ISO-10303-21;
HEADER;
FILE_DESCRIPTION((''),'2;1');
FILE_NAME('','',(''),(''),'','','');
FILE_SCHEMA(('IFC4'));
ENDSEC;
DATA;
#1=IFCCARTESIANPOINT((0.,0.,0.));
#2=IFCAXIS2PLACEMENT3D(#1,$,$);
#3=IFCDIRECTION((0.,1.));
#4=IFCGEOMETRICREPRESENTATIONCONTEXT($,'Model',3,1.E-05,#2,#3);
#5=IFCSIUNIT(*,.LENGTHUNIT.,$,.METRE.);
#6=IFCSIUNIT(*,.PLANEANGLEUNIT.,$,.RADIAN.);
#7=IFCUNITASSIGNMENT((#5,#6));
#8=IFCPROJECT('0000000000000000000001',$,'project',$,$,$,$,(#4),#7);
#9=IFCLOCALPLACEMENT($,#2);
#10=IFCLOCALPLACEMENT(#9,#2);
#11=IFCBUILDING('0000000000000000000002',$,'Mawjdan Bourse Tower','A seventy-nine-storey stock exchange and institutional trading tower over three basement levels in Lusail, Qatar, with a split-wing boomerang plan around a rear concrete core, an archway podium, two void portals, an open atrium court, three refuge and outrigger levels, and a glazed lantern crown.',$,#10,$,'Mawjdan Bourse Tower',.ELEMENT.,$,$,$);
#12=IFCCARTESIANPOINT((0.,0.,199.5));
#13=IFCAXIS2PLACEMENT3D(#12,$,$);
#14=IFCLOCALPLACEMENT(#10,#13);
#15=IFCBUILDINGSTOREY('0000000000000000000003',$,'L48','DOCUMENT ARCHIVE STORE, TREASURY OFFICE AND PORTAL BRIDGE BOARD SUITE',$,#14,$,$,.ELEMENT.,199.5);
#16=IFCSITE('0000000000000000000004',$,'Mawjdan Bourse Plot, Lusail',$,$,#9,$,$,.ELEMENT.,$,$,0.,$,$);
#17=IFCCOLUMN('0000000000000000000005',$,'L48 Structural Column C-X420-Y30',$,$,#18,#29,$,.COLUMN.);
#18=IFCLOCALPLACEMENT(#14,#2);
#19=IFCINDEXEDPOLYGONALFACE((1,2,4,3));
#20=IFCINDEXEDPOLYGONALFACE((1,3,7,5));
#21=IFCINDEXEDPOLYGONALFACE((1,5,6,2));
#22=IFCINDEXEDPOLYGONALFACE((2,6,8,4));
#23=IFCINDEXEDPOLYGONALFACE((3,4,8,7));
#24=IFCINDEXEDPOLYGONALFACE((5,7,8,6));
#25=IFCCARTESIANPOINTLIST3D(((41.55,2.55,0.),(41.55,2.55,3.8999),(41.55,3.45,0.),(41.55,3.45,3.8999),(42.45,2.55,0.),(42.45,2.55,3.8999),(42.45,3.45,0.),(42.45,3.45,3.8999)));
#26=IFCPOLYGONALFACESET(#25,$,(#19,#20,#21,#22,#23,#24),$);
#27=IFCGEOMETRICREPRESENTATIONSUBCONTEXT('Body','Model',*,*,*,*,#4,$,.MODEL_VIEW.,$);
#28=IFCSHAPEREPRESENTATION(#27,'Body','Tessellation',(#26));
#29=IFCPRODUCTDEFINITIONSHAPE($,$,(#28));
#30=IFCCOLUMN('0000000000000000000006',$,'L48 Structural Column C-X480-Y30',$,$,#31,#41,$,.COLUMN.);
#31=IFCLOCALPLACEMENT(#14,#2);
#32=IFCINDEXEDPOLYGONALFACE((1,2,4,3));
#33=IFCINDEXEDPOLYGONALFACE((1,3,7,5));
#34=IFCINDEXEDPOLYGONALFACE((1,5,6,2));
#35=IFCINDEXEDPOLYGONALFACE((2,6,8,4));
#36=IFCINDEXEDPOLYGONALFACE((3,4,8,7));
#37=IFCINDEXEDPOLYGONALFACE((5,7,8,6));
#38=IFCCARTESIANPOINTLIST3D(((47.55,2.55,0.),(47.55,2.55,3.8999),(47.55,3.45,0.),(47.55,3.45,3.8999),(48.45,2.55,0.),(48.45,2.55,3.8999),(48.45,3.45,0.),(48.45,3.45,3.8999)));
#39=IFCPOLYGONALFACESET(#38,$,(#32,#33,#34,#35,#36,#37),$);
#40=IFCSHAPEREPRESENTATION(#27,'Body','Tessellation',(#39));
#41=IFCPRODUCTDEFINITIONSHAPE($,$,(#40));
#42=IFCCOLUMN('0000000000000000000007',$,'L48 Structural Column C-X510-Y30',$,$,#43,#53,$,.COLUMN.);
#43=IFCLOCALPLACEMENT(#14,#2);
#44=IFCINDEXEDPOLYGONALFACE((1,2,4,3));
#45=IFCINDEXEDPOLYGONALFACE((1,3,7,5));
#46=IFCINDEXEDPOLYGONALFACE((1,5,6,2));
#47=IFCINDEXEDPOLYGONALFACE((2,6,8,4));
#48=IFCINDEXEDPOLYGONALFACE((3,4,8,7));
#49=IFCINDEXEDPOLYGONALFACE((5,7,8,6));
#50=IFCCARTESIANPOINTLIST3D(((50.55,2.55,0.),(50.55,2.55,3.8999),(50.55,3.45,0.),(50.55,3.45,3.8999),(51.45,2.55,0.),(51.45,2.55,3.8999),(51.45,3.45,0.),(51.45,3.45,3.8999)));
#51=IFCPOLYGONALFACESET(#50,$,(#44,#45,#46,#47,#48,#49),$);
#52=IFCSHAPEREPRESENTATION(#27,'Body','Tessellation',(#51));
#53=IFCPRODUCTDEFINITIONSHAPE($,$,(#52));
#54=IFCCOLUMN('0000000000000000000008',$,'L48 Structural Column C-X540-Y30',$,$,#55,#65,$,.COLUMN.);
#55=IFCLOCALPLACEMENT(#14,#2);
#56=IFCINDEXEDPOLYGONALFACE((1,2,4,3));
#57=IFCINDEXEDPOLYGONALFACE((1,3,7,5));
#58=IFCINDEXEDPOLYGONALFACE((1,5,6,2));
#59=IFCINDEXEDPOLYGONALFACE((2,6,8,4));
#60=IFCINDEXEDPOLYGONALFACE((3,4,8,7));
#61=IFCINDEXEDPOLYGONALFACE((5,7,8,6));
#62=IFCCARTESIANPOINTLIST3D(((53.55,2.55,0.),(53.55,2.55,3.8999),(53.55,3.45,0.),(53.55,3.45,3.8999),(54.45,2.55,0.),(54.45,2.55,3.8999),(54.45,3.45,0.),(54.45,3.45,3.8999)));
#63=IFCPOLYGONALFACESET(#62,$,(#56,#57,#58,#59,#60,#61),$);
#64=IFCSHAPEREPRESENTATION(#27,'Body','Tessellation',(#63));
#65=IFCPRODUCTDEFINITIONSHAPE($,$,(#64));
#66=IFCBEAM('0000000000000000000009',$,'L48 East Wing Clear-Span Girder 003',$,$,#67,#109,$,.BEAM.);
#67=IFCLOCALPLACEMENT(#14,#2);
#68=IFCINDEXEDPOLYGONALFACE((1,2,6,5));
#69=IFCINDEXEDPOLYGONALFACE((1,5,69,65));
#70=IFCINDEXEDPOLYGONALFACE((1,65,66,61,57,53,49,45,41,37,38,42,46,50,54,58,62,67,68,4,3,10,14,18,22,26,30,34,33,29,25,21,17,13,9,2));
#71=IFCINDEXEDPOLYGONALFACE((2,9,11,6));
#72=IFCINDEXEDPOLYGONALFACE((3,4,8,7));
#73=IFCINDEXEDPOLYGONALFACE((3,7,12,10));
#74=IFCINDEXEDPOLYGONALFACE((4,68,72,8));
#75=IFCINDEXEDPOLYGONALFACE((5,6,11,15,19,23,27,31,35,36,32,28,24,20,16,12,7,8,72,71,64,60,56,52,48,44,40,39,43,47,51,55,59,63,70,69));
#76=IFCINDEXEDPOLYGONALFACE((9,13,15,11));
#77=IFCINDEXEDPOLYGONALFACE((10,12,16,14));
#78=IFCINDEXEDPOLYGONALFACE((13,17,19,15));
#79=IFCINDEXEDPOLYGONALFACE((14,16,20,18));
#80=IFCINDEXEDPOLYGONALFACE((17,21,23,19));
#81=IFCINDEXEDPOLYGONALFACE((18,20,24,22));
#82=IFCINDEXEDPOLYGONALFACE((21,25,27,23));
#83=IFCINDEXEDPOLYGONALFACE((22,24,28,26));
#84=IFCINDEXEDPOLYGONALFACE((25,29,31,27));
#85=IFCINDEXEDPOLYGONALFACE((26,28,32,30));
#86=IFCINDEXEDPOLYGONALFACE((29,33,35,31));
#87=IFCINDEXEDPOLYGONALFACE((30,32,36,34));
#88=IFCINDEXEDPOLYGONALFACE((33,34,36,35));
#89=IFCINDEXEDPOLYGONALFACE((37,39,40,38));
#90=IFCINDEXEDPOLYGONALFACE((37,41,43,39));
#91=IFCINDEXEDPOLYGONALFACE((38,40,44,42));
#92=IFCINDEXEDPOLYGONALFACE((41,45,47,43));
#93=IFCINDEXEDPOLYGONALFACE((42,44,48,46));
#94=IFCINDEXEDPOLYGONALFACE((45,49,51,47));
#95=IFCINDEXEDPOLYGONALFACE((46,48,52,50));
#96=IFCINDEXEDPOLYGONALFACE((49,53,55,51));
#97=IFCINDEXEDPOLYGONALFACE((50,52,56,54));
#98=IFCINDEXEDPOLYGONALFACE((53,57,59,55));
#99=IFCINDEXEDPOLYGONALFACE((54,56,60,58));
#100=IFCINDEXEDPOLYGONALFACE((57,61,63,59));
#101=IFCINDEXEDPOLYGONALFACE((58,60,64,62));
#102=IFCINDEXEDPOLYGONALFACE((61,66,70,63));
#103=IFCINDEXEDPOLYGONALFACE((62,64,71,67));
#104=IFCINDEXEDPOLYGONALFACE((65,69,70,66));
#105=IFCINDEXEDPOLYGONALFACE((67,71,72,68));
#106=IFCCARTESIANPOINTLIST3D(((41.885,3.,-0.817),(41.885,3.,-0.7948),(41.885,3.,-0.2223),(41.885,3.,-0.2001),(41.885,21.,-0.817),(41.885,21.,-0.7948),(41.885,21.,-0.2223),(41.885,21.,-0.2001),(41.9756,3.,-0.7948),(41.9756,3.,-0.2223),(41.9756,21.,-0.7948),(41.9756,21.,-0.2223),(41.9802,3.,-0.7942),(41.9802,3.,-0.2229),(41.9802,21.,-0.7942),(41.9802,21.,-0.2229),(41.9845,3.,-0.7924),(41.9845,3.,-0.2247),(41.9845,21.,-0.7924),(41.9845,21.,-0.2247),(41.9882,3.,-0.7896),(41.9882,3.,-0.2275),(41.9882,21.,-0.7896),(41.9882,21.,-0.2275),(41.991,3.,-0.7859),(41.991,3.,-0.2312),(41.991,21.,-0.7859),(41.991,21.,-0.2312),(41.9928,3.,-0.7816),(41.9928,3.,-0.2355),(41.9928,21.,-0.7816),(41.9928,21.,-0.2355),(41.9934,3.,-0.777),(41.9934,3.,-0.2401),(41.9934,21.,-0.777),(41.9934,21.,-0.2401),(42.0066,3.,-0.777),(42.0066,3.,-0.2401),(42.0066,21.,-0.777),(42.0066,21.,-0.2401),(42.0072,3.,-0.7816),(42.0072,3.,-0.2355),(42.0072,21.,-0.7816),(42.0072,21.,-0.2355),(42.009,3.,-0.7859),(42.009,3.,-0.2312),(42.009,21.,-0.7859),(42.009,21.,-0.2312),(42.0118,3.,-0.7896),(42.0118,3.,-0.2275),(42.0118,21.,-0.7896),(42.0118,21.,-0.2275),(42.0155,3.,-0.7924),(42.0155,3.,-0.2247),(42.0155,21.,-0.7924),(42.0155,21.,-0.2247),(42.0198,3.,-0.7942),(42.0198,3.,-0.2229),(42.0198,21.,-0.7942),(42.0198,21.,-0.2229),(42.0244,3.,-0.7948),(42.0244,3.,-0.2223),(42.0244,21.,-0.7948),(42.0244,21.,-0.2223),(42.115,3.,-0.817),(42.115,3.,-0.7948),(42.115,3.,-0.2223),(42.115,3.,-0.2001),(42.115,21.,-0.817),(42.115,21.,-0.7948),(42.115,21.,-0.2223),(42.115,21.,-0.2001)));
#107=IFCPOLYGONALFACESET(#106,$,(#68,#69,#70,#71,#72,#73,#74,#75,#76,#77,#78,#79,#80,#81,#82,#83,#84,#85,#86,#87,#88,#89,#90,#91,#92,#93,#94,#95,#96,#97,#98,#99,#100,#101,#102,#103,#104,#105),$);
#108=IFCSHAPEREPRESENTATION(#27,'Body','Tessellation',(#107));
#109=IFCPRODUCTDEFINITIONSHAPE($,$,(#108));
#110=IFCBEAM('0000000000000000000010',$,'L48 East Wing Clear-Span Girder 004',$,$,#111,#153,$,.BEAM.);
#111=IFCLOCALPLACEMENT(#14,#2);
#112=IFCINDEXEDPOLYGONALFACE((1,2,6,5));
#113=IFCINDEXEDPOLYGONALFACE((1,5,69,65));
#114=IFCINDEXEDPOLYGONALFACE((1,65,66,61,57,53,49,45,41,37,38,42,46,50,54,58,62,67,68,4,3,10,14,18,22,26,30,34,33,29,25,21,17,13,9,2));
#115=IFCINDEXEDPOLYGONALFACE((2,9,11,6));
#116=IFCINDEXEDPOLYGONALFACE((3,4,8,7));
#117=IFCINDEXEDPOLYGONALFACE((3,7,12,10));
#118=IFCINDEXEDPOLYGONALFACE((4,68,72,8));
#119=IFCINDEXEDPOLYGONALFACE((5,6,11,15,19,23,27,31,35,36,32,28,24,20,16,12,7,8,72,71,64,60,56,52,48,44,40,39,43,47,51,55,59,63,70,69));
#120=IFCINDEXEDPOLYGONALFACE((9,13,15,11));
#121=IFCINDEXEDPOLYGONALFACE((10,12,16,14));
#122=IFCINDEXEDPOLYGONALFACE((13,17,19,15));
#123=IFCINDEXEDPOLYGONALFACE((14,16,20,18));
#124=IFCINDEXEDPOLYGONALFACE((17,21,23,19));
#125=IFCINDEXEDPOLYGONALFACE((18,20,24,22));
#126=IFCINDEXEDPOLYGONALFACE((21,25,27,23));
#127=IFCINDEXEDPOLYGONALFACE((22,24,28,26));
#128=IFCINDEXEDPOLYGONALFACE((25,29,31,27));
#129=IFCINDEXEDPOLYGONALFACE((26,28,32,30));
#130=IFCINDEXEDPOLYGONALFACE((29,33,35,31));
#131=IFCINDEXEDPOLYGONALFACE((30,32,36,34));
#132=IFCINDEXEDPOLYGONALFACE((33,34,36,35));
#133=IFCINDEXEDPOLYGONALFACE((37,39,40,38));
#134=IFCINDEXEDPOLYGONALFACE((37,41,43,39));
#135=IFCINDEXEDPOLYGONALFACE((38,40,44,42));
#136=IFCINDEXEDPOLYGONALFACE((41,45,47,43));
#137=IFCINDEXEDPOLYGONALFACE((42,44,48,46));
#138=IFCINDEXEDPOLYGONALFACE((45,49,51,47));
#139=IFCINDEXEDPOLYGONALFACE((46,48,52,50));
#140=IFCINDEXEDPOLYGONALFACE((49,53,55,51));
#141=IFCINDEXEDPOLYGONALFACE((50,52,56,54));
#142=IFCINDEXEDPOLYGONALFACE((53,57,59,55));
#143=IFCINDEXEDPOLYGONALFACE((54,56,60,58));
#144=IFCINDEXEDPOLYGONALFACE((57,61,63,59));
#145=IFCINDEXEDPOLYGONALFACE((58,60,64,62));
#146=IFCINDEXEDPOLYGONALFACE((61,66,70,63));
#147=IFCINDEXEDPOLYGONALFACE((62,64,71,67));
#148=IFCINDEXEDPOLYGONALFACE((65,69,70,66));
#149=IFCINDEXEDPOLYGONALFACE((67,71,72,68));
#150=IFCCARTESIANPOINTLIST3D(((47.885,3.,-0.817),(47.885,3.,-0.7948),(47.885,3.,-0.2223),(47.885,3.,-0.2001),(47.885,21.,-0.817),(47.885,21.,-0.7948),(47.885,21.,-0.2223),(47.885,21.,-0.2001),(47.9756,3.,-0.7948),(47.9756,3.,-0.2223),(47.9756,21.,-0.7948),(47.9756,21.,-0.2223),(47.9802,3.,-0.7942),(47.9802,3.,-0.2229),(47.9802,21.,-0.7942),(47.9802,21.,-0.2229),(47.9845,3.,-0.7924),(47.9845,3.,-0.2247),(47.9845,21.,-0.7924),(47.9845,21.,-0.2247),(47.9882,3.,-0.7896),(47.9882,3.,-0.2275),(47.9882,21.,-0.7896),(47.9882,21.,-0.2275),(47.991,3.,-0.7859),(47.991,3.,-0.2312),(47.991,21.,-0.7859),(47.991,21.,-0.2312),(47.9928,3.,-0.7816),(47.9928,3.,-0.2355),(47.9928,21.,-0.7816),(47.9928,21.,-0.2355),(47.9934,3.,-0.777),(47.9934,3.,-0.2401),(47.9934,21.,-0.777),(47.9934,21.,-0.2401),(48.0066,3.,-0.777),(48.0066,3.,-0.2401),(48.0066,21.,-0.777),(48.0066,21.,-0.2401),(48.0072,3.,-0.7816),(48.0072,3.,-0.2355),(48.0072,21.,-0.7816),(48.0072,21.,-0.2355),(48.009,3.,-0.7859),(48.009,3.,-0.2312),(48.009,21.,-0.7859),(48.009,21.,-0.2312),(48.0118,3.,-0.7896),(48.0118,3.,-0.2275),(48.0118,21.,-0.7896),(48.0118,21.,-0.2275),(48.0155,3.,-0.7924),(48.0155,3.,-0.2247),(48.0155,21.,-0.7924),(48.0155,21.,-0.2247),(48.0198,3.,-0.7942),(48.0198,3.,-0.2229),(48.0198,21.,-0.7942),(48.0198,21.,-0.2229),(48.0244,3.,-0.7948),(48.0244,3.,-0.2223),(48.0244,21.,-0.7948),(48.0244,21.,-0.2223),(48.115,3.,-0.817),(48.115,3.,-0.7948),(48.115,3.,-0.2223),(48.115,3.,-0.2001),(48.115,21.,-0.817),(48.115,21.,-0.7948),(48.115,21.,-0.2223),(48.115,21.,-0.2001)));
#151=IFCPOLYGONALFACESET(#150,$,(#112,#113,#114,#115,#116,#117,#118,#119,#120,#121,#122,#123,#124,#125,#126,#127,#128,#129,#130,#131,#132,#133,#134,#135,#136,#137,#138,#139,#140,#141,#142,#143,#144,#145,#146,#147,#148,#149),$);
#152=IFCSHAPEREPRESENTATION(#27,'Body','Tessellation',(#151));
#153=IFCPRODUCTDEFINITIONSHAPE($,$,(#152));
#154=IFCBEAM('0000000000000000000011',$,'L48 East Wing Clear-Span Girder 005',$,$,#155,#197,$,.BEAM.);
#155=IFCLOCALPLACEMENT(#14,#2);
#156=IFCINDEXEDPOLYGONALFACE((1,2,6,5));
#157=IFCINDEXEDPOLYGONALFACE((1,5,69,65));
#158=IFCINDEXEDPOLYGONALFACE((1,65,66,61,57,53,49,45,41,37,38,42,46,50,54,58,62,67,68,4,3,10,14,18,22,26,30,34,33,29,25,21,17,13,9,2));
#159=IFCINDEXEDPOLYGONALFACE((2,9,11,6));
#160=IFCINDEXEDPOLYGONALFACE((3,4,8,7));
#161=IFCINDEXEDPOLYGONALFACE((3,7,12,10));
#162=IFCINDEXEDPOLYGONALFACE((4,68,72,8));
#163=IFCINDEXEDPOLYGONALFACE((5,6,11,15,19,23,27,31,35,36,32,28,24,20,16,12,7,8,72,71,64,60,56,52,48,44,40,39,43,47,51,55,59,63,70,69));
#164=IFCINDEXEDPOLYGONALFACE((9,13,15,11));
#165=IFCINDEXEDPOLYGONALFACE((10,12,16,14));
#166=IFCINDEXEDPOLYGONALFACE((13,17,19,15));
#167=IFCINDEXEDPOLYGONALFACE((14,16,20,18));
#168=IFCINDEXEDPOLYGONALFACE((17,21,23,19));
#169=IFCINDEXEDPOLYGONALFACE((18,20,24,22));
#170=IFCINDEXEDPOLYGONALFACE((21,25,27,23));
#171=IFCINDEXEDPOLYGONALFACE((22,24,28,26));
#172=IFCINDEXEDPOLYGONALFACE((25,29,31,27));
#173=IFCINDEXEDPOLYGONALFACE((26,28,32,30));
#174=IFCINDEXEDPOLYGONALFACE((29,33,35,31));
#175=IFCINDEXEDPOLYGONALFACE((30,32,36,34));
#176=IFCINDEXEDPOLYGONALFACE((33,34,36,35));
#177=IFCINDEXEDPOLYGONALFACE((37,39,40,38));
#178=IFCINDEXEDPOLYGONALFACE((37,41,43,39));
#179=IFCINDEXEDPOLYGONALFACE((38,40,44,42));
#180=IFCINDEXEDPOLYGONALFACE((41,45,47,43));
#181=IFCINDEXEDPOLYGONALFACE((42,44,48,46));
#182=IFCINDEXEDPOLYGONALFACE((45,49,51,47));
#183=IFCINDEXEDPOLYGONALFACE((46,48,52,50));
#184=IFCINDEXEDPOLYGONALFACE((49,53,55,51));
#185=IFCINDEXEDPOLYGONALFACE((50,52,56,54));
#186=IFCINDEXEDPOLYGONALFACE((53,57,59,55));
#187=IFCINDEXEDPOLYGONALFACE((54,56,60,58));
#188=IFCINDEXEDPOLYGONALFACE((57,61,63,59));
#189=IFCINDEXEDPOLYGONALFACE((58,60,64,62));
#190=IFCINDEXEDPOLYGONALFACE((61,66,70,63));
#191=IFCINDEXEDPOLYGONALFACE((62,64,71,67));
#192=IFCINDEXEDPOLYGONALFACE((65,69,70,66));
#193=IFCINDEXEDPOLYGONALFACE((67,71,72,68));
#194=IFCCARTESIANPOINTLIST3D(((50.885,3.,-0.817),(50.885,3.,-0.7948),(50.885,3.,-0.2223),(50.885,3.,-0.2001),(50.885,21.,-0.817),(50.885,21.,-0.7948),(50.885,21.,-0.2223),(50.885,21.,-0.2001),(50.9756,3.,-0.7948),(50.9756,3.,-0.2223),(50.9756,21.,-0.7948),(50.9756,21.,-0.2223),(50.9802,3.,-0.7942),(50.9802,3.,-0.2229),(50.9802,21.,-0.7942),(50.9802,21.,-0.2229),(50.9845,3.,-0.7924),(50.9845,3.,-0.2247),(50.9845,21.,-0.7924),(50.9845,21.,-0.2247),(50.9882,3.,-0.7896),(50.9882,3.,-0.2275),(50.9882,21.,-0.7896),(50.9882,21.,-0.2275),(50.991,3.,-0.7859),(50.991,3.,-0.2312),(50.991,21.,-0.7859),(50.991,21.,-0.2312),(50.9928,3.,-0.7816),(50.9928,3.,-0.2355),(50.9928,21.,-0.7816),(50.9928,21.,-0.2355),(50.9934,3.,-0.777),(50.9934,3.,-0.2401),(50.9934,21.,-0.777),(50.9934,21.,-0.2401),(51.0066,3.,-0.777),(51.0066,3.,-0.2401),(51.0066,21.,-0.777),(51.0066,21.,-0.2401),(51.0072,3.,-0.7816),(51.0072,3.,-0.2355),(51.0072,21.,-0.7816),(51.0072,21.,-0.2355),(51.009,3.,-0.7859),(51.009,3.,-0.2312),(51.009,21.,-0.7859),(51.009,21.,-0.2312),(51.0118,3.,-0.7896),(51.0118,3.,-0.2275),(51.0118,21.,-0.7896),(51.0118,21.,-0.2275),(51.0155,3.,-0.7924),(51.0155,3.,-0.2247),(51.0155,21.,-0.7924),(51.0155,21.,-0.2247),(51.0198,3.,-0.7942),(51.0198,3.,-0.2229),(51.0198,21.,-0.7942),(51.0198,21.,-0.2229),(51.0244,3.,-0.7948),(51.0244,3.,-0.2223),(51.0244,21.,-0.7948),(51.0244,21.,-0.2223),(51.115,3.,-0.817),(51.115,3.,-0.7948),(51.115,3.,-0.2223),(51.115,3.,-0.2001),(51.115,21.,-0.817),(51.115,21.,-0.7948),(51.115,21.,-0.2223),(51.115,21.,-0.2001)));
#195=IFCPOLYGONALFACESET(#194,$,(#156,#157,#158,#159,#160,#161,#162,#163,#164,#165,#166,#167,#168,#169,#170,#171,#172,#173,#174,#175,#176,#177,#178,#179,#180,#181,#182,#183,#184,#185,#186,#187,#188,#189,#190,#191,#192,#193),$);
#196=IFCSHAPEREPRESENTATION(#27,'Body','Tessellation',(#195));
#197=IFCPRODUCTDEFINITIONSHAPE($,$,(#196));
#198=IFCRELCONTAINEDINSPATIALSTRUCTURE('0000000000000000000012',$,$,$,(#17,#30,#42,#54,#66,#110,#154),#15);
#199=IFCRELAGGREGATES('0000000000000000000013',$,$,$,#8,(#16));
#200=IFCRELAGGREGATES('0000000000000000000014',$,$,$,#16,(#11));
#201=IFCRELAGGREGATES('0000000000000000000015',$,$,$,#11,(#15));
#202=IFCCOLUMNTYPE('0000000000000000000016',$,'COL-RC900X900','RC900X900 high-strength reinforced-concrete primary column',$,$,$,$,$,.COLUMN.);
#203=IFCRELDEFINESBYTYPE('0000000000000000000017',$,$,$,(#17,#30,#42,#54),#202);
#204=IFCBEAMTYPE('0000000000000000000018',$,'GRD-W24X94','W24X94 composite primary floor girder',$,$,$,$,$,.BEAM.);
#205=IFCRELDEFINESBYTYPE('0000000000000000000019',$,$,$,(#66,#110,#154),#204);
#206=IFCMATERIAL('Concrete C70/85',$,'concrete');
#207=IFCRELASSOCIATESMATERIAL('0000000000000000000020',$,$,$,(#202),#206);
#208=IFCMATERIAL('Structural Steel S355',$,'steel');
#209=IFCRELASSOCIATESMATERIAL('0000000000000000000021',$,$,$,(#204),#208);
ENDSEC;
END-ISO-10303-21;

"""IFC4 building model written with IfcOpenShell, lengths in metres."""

from ifc_helpers import new_model, si_unit, direction, frame, origin, origin_2d, place, context, subcontext, project, spatial, rectangle, i_section, extrude, material, material_profile, profile_set, type_object, element, save


model = new_model("IFC4")

# Units and contexts
model_context = context("Model", 3, precision=1e-05, world=origin(), true_north=direction((0.0, 1.0)))
body_context = subcontext(model_context, "Body", "Model", "MODEL_VIEW")
ifc_project = project(units=[si_unit("LENGTHUNIT", "METRE"), si_unit("PLANEANGLEUNIT", "RADIAN")], contexts=[model_context])

# Site, building, storey
site_placement = place(None, origin())
site = spatial("IfcSite", under=ifc_project, at=site_placement, Name="Mawjdan Bourse Plot, Lusail", CompositionType="ELEMENT", RefElevation=0.0)
building_placement = place(site_placement, origin())
building = spatial("IfcBuilding", under=site, at=building_placement, Name="Mawjdan Bourse Tower", Description="A seventy-nine-storey stock exchange and institutional trading tower over three basement levels in Lusail, Qatar, with a split-wing boomerang plan around a rear concrete core, an archway podium, two void portals, an open atrium court, three refuge and outrigger levels, and a glazed lantern crown.", LongName="Mawjdan Bourse Tower", CompositionType="ELEMENT")
storey_placement = place(building_placement, frame((0.0, 0.0, 199.5)))
storey = spatial("IfcBuildingStorey", under=building, at=storey_placement, Name="L48", Description="DOCUMENT ARCHIVE STORE, TREASURY OFFICE AND PORTAL BRIDGE BOARD SUITE", CompositionType="ELEMENT", Elevation=199.5)

# Columns
ifc_material_1 = material(Name="Concrete C70/85", Category="concrete")
ifc_material_profile_1 = material_profile(ifc_material_1, rectangle(XDim=0.8999, YDim=0.8999, at=origin_2d()), Name="RC900X900")
ifc_profile_set_1 = profile_set([ifc_material_profile_1], Name="Concrete C70/85")
column_type = type_object("IfcColumnType", Name="COL-RC900X900", Description="RC900X900 high-strength reinforced-concrete primary column", PredefinedType="COLUMN", material=ifc_profile_set_1)
for number, where, z_axis, x_axis, name in (
    (1, (42.0, 3.0, 0.0), (0.0, 0.0, 1.0), (1.0, 0.0, 0.0), "L48 Structural Column C-X420-Y30"),
    (2, (48.0, 3.0, 0.0), (0.0, 0.0, 1.0), (1.0, 0.0, 0.0), "L48 Structural Column C-X480-Y30"),
    (3, (51.0, 3.0, 0.0), (0.0, 0.0, 1.0), (1.0, 0.0, 0.0), "L48 Structural Column C-X510-Y30"),
    (4, (54.0, 3.0, 0.0), (0.0, 0.0, 1.0), (1.0, 0.0, 0.0), "L48 Structural Column C-X540-Y30"),
):
    element("IfcColumn", number, at=place(storey_placement, frame(where, z_axis=z_axis, x_axis=x_axis)), inside=storey, type_object=column_type, Name=name, PredefinedType="COLUMN", context=body_context, shape_type="SweptSolid", body=[
        extrude(rectangle(XDim=0.8999, YDim=0.8999, at=origin_2d()), origin(), (0.0, 0.0, 1.0), 3.8999),
    ])

# Beams
ifc_material_2 = material(Name="Structural Steel S355", Category="steel")
ifc_material_profile_2 = material_profile(ifc_material_2, i_section(OverallWidth=0.23, OverallDepth=0.6169, WebThickness=0.0132, FlangeThickness=0.0222, FilletRadius=0.0178, at=origin_2d()), Name="W24X94")
ifc_profile_set_2 = profile_set([ifc_material_profile_2], Name="Structural Steel S355")
beam_type_1 = type_object("IfcBeamType", Name="GRD-W24X94", Description="W24X94 composite primary floor girder", PredefinedType="BEAM", material=ifc_profile_set_2)
for number, where, z_axis, x_axis, name in (
    (5, (42.0, 3.0, -0.5085), (0.0, 1.0, 0.0), (-1.0, 0.0, 0.0), "L48 East Wing Clear-Span Girder 003"),
    (6, (48.0, 3.0, -0.5085), (0.0, 1.0, 0.0), (-1.0, 0.0, 0.0), "L48 East Wing Clear-Span Girder 004"),
    (7, (51.0, 3.0, -0.5085), (0.0, 1.0, 0.0), (-1.0, 0.0, 0.0), "L48 East Wing Clear-Span Girder 005"),
):
    element("IfcBeam", number, at=place(storey_placement, frame(where, z_axis=z_axis, x_axis=x_axis)), inside=storey, type_object=beam_type_1, Name=name, PredefinedType="BEAM", context=body_context, shape_type="SweptSolid", body=[
        extrude(i_section(OverallWidth=0.23, OverallDepth=0.6169, WebThickness=0.0132, FlangeThickness=0.0222, FilletRadius=0.0178, at=origin_2d()), origin(), (0.0, 0.0, 1.0), 18.0),
    ])

save(model, "model.ifc")
